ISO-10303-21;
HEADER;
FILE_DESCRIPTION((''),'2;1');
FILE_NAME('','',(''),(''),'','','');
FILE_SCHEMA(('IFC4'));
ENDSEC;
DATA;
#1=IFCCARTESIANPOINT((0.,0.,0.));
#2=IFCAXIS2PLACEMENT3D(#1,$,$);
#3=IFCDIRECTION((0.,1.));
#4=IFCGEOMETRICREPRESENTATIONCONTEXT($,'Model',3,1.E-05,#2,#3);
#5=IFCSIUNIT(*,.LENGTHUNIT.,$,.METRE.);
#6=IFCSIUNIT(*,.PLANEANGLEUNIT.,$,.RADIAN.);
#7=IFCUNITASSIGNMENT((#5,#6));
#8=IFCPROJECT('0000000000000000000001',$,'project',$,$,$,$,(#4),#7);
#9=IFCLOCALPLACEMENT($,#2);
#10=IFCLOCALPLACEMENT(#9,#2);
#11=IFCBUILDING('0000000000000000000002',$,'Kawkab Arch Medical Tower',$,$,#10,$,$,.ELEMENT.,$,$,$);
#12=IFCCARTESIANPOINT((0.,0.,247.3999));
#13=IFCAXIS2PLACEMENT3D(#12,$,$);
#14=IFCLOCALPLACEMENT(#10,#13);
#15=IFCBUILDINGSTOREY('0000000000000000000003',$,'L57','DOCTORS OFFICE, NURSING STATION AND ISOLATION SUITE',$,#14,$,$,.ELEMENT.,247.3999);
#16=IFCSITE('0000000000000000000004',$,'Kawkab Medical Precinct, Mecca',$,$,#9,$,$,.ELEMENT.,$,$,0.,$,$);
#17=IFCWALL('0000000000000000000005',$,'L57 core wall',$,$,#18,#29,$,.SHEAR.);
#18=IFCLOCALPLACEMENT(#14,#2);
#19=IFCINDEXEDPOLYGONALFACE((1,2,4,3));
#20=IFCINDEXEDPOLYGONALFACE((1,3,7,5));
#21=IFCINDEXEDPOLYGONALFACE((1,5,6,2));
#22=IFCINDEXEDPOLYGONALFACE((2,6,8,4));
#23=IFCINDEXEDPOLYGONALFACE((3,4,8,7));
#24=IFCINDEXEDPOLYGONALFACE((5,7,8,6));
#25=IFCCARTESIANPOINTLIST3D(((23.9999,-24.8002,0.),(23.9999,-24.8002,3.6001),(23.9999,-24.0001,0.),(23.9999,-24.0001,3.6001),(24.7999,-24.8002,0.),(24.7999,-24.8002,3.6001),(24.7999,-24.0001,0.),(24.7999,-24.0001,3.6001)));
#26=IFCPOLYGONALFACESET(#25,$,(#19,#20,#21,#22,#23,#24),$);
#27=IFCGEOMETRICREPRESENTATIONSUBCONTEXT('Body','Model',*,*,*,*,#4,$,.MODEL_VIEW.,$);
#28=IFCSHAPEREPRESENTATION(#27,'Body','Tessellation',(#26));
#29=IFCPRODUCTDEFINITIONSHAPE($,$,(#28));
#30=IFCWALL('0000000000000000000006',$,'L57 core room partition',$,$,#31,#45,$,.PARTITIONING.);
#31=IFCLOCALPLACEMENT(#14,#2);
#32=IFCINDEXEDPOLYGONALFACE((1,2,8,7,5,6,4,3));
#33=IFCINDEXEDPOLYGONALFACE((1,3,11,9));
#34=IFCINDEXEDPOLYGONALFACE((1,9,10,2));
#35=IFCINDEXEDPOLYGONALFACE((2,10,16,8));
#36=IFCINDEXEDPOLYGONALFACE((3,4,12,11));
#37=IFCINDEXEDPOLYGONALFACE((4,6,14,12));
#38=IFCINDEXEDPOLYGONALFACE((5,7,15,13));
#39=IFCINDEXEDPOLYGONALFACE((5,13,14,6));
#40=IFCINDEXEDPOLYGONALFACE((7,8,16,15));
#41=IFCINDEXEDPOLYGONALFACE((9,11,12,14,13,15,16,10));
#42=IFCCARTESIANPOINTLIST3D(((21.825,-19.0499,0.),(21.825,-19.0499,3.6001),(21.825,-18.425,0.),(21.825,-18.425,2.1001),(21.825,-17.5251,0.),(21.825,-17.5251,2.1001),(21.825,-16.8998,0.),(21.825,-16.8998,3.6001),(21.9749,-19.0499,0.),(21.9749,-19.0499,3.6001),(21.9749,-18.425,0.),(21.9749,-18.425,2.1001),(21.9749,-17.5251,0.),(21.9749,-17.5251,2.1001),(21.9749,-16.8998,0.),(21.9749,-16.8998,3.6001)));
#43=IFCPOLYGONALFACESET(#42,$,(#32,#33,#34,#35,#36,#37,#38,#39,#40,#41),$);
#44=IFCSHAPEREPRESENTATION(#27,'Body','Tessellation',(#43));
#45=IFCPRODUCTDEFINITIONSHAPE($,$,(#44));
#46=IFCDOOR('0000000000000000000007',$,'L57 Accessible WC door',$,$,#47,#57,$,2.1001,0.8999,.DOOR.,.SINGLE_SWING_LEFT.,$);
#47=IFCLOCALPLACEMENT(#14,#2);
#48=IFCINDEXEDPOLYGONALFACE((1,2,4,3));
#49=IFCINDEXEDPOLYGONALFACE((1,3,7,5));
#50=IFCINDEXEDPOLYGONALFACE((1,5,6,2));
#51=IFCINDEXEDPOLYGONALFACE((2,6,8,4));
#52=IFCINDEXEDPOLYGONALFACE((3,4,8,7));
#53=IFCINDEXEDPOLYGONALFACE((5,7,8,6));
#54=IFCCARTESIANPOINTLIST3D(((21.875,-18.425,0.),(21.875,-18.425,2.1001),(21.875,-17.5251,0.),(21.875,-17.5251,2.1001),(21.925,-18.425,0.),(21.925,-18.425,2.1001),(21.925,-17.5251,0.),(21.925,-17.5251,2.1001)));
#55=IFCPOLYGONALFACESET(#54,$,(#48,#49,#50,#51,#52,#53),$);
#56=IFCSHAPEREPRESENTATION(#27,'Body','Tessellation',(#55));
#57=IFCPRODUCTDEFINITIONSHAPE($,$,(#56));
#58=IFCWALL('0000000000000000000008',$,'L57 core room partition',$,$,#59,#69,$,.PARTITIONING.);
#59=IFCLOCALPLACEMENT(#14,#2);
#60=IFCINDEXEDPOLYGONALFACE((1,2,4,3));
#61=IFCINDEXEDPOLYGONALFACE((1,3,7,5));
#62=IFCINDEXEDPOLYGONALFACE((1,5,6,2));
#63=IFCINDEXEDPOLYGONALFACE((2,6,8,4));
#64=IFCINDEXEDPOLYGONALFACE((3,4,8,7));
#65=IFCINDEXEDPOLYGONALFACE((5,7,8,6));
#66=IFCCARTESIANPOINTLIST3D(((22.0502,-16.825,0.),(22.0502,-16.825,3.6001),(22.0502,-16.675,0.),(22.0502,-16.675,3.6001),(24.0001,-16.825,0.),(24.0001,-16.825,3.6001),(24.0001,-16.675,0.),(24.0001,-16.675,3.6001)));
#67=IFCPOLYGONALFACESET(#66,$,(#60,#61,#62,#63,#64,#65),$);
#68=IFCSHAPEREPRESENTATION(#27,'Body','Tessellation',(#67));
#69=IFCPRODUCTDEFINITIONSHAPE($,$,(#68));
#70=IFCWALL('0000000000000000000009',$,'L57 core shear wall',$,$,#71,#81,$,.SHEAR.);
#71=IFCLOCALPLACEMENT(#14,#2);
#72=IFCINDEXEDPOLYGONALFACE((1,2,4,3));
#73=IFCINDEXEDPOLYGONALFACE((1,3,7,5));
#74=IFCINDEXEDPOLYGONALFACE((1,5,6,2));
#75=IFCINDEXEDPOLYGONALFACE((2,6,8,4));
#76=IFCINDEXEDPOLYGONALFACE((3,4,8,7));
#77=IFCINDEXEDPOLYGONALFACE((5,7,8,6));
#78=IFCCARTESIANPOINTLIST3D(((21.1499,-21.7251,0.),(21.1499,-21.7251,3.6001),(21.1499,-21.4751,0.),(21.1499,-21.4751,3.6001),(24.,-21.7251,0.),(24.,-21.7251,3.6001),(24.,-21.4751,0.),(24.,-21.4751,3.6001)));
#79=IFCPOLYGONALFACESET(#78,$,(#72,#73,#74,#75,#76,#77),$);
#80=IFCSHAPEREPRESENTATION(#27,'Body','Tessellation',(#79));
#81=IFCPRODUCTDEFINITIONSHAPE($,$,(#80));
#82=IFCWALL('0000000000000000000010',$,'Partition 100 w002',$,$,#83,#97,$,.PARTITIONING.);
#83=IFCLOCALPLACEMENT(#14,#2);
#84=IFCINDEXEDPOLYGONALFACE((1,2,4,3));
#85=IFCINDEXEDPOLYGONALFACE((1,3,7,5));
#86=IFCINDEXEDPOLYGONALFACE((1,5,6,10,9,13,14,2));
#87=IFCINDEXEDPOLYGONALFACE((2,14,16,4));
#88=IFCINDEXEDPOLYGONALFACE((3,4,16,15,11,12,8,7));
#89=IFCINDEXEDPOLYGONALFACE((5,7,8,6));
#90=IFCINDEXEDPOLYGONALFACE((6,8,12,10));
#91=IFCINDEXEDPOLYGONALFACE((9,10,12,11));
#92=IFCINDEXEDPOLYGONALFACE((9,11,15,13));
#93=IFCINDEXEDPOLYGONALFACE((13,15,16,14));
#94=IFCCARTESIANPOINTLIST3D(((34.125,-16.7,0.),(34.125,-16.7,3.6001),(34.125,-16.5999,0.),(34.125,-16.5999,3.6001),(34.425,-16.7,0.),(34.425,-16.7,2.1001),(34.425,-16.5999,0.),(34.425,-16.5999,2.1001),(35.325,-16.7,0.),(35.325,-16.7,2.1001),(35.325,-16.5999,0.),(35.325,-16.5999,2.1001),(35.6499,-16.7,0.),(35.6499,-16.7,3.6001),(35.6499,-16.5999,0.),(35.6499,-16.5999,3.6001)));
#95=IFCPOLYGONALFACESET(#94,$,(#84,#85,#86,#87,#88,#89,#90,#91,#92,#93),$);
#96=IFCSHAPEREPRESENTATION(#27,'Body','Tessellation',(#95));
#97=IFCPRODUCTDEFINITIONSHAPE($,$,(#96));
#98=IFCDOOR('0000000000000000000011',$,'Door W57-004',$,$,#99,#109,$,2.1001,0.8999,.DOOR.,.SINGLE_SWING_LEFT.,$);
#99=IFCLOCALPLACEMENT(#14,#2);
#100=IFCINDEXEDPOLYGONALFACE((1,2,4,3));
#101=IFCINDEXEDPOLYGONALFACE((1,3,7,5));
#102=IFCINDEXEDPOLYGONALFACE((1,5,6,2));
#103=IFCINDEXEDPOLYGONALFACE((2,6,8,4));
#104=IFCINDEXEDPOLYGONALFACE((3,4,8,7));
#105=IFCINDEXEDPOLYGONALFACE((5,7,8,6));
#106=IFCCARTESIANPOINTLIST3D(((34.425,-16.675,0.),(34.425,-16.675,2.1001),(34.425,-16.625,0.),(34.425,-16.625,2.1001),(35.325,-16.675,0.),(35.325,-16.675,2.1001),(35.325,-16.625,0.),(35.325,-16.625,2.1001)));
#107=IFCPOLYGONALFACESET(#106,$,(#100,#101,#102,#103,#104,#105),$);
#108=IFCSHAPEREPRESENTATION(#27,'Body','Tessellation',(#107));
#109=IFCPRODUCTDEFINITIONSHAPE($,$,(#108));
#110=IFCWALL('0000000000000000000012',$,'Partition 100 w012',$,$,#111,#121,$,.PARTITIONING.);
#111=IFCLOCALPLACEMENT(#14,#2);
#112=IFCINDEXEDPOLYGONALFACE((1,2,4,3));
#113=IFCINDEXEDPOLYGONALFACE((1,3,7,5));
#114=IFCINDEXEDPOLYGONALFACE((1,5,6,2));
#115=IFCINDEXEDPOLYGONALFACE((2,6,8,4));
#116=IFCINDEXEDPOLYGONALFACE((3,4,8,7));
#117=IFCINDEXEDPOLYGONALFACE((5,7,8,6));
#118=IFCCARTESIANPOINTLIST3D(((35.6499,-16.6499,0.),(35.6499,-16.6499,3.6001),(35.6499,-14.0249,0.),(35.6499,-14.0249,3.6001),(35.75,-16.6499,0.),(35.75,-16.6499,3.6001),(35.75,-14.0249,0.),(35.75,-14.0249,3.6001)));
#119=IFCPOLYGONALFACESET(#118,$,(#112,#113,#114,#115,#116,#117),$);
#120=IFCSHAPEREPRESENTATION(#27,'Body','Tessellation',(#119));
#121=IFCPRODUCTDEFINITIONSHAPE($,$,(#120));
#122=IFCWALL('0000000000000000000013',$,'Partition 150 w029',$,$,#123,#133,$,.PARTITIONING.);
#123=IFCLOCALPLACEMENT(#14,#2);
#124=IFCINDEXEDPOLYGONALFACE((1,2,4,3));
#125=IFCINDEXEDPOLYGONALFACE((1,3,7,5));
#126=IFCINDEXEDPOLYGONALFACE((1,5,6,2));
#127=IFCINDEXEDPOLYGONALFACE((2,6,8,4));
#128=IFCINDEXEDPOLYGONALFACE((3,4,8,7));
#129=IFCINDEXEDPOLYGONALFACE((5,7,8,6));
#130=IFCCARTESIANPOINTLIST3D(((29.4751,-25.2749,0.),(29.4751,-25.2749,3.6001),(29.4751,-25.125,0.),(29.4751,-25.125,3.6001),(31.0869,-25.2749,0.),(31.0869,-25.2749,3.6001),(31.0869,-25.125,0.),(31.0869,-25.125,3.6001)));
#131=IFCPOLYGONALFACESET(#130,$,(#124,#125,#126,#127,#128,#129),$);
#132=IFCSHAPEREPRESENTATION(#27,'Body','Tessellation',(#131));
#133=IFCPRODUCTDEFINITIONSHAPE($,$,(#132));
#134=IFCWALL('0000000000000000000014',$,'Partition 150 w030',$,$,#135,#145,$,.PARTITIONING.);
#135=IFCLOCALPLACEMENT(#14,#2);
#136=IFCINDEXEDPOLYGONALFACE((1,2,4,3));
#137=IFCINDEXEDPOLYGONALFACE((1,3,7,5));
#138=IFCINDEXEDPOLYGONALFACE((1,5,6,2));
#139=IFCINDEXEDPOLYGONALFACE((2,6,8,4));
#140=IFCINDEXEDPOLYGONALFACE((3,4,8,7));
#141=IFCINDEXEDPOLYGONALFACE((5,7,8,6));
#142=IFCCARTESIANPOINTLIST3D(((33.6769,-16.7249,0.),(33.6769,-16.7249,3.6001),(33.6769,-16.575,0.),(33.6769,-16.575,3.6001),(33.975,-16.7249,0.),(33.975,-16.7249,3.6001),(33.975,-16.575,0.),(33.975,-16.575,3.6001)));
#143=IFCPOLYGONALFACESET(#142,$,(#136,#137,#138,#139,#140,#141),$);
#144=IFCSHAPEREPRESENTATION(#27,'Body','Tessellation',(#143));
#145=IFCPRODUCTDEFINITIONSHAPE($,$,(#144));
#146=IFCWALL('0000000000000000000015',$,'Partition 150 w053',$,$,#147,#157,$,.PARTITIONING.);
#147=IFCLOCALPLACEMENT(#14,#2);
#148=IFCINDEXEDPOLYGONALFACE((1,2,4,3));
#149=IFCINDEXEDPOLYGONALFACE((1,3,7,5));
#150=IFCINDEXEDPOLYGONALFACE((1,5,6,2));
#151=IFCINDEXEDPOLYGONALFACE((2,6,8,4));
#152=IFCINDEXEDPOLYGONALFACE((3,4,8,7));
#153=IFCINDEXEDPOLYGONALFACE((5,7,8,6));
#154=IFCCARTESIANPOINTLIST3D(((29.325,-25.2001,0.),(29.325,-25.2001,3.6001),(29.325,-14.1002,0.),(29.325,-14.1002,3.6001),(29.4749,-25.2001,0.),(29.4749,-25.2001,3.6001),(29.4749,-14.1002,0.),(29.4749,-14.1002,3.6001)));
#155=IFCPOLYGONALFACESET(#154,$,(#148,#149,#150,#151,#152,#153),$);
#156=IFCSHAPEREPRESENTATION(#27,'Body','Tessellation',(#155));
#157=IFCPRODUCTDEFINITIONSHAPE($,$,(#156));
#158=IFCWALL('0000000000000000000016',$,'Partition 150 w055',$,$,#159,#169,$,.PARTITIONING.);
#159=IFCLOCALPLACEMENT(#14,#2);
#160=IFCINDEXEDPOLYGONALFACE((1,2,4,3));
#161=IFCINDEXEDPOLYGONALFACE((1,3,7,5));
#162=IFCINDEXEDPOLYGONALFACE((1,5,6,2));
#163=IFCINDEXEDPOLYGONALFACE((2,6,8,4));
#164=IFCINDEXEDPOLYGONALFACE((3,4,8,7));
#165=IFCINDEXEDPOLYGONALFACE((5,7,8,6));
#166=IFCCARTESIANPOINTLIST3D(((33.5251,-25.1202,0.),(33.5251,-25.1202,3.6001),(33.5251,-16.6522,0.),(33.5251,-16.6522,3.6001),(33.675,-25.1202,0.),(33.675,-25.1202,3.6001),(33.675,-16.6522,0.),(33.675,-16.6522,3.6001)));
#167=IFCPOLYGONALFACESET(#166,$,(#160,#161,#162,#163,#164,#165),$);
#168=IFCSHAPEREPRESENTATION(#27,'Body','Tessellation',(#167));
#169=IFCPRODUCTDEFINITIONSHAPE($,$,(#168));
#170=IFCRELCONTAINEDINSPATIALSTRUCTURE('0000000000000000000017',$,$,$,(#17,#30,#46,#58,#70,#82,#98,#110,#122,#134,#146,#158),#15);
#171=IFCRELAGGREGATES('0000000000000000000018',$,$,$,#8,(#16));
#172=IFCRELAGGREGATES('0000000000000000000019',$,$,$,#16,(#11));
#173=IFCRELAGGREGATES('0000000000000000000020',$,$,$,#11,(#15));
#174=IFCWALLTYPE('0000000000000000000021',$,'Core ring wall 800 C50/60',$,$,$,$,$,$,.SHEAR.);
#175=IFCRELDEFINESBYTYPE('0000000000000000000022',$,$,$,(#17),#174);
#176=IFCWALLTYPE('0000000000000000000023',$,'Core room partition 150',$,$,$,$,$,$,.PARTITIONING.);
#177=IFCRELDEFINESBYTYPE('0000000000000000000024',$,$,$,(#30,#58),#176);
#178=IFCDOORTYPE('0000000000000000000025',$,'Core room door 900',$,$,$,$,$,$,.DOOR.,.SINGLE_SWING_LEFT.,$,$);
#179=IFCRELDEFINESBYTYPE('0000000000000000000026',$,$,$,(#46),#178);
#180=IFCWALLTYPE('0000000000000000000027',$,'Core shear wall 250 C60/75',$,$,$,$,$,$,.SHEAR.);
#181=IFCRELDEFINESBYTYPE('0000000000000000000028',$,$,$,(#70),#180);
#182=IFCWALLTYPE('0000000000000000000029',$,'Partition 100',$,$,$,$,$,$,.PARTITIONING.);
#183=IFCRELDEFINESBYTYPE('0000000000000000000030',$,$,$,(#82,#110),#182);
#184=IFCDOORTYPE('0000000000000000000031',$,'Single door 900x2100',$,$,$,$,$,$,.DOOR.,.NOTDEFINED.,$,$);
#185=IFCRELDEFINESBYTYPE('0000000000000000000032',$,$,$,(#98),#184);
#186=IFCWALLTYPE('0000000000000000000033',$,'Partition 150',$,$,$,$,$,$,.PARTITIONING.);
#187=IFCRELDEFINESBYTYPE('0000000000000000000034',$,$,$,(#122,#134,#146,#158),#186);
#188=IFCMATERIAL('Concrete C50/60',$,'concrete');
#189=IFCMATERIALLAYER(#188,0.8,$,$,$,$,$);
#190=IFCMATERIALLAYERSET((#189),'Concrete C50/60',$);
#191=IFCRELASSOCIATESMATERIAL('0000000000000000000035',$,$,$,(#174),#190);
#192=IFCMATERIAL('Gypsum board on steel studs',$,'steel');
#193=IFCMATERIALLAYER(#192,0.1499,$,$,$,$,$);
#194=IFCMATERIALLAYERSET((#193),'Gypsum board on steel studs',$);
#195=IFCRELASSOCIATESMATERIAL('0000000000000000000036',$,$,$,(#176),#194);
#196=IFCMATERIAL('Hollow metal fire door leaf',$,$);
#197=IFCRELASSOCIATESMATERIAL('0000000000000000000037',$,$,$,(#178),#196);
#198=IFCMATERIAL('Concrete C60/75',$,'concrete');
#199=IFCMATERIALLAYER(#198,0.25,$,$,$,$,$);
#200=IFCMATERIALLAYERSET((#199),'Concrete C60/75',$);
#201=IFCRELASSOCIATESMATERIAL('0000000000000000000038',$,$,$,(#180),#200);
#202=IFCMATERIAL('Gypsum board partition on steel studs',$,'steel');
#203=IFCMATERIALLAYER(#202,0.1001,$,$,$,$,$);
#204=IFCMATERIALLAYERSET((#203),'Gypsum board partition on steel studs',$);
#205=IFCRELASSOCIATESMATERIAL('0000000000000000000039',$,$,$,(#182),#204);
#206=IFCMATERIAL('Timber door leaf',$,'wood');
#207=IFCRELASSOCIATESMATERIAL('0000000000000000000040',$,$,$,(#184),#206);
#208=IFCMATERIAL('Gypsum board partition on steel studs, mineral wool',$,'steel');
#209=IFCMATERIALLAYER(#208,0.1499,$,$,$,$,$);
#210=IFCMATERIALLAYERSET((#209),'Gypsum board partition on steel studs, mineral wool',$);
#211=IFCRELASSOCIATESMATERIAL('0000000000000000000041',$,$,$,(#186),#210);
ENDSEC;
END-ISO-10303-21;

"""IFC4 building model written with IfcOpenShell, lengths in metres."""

from ifc_helpers import new_model, si_unit, direction, frame, frame_2d, origin, place, context, subcontext, project, spatial, rectangle, extrude, material, layer, layer_set, type_object, element, fill, save


model = new_model("IFC4")

# Units and contexts
model_context = context("Model", 3, precision=1e-05, world=origin(), true_north=direction((0.0, 1.0)))
body_context = subcontext(model_context, "Body", "Model", "MODEL_VIEW")
ifc_project = project(units=[si_unit("LENGTHUNIT", "METRE"), si_unit("PLANEANGLEUNIT", "RADIAN")], contexts=[model_context])

# Site, building, storey
site_placement = place(None, origin())
site = spatial("IfcSite", under=ifc_project, at=site_placement, Name="Kawkab Medical Precinct, Mecca", CompositionType="ELEMENT", RefElevation=0.0)
building_placement = place(site_placement, origin())
building = spatial("IfcBuilding", under=site, at=building_placement, Name="Kawkab Arch Medical Tower", CompositionType="ELEMENT")
storey_placement = place(building_placement, frame((0.0, 0.0, 247.3999)))
storey = spatial("IfcBuildingStorey", under=building, at=storey_placement, Name="L57", Description="DOCTORS OFFICE, NURSING STATION AND ISOLATION SUITE", CompositionType="ELEMENT", Elevation=247.3999)

# Shared definitions
ifc_material_1 = material(Name="Concrete C50/60", Category="concrete")
ifc_layer_1 = layer(ifc_material_1, 0.8)
ifc_layer_set_1 = layer_set([ifc_layer_1], Name="Concrete C50/60")
wall_type_1 = type_object("IfcWallType", Name="Core ring wall 800 C50/60", PredefinedType="SHEAR", material=ifc_layer_set_1)

# Wall
wall_1_placement = place(storey_placement, frame((24.3999, -24.8, 0.0), z_axis=(0.0, 0.0, 1.0), x_axis=(0.0, 1.0, 0.0)))
element("IfcWall", 1, at=wall_1_placement, inside=storey, type_object=wall_type_1, Name="L57 core wall", PredefinedType="SHEAR", context=body_context, shape_type="SweptSolid", body=[
    extrude(rectangle(XDim=0.8, YDim=0.8, at=frame_2d((0.3999, 0.0))), origin(), (0.0, 0.0, 1.0), 3.6001),
])

# Wall, opening, door
ifc_material_2 = material(Name="Gypsum board on steel studs", Category="steel")
ifc_layer_2 = layer(ifc_material_2, 0.1499)
ifc_layer_set_2 = layer_set([ifc_layer_2], Name="Gypsum board on steel studs")
wall_type_2 = type_object("IfcWallType", Name="Core room partition 150", PredefinedType="PARTITIONING", material=ifc_layer_set_2)
wall_2_placement = place(storey_placement, frame((21.8999, -19.05, 0.0), z_axis=(0.0, 0.0, 1.0), x_axis=(0.0, 1.0, 0.0)))
wall_2 = element("IfcWall", 2, at=wall_2_placement, inside=storey, type_object=wall_type_2, Name="L57 core room partition", PredefinedType="PARTITIONING", context=body_context, shape_type="SweptSolid", body=[
    extrude(rectangle(XDim=2.1501, YDim=0.1499, at=frame_2d((1.0752, 0.0))), origin(), (0.0, 0.0, 1.0), 3.6001),
])
opening_1_placement = place(wall_2_placement, frame((0.625, 0.0, 0.0)))
opening_1 = element("IfcOpeningElement", 3, at=opening_1_placement, cuts=wall_2, PredefinedType="OPENING", context=body_context, shape_type="SweptSolid", body=[
    extrude(rectangle(XDim=0.8999, YDim=2.1001, at=frame_2d((0.45, 1.05))), frame((0.0, 0.085, 0.0), z_axis=(0.0, -1.0, 0.0), x_axis=(1.0, 0.0, 0.0)), (0.0, 0.0, 1.0), 0.1699),
])
ifc_material_3 = material(Name="Hollow metal fire door leaf")
door_type_1 = type_object("IfcDoorType", Name="Core room door 900", OperationType="SINGLE_SWING_LEFT", PredefinedType="DOOR", material=ifc_material_3)
door_1_placement = place(opening_1_placement, origin())
door_1 = element("IfcDoor", 4, at=door_1_placement, inside=storey, type_object=door_type_1, Name="L57 Accessible WC door", OperationType="SINGLE_SWING_LEFT", OverallHeight=2.1001, OverallWidth=0.8999, PredefinedType="DOOR", context=body_context, shape_type="SweptSolid", body=[
    extrude(rectangle(XDim=0.8999, YDim=2.1001, at=frame_2d((0.45, 1.05))), frame((0.0, 0.0249, 0.0), z_axis=(0.0, -1.0, 0.0), x_axis=(1.0, 0.0, 0.0)), (0.0, 0.0, 1.0), 0.05),
])
fill(opening_1, door_1)

# Walls
wall_3_placement = place(storey_placement, frame((22.05, -16.75, 0.0), z_axis=(0.0, 0.0, 1.0), x_axis=(1.0, 0.0, 0.0)))
element("IfcWall", 5, at=wall_3_placement, inside=storey, type_object=wall_type_2, Name="L57 core room partition", PredefinedType="PARTITIONING", context=body_context, shape_type="SweptSolid", body=[
    extrude(rectangle(XDim=1.95, YDim=0.1499, at=frame_2d((0.9751, 0.0))), origin(), (0.0, 0.0, 1.0), 3.6001),
])
ifc_material_4 = material(Name="Concrete C60/75", Category="concrete")
ifc_layer_3 = layer(ifc_material_4, 0.25)
ifc_layer_set_3 = layer_set([ifc_layer_3], Name="Concrete C60/75")
wall_type_3 = type_object("IfcWallType", Name="Core shear wall 250 C60/75", PredefinedType="SHEAR", material=ifc_layer_set_3)
wall_4_placement = place(storey_placement, frame((21.1499, -21.6001, 0.0), z_axis=(0.0, 0.0, 1.0), x_axis=(1.0, 0.0, 0.0)))
element("IfcWall", 6, at=wall_4_placement, inside=storey, type_object=wall_type_3, Name="L57 core shear wall", PredefinedType="SHEAR", context=body_context, shape_type="SweptSolid", body=[
    extrude(rectangle(XDim=2.8501, YDim=0.25, at=frame_2d((1.425, 0.0))), origin(), (0.0, 0.0, 1.0), 3.6001),
])

# Wall, opening, door
ifc_material_5 = material(Name="Gypsum board partition on steel studs", Category="steel")
ifc_layer_4 = layer(ifc_material_5, 0.1001)
ifc_layer_set_4 = layer_set([ifc_layer_4], Name="Gypsum board partition on steel studs")
wall_type_4 = type_object("IfcWallType", Name="Partition 100", PredefinedType="PARTITIONING", material=ifc_layer_set_4)
wall_5_placement = place(storey_placement, frame((34.125, -16.6499, 0.0), z_axis=(0.0, 0.0, 1.0), x_axis=(1.0, 0.0, 0.0)))
wall_5 = element("IfcWall", 7, at=wall_5_placement, inside=storey, type_object=wall_type_4, Name="Partition 100 w002", PredefinedType="PARTITIONING", context=body_context, shape_type="SweptSolid", body=[
    extrude(rectangle(XDim=1.5249, YDim=0.1001, at=frame_2d((0.7625, 0.0))), origin(), (0.0, 0.0, 1.0), 3.6001),
])
opening_2_placement = place(wall_5_placement, frame((0.3, 0.0, 0.0)))
opening_2 = element("IfcOpeningElement", 8, at=opening_2_placement, cuts=wall_5, PredefinedType="OPENING", context=body_context, shape_type="SweptSolid", body=[
    extrude(rectangle(XDim=0.8999, YDim=2.1001, at=frame_2d((0.45, 1.05))), frame((0.0, 0.0601, 0.0), z_axis=(0.0, -1.0, 0.0), x_axis=(1.0, 0.0, 0.0)), (0.0, 0.0, 1.0), 0.1201),
])
ifc_material_6 = material(Name="Timber door leaf", Category="wood")
door_type_2 = type_object("IfcDoorType", Name="Single door 900x2100", OperationType="NOTDEFINED", PredefinedType="DOOR", material=ifc_material_6)
door_2_placement = place(opening_2_placement, origin())
door_2 = element("IfcDoor", 9, at=door_2_placement, inside=storey, type_object=door_type_2, Name="Door W57-004", OperationType="SINGLE_SWING_LEFT", OverallHeight=2.1001, OverallWidth=0.8999, PredefinedType="DOOR", context=body_context, shape_type="SweptSolid", body=[
    extrude(rectangle(XDim=0.8999, YDim=2.1001, at=frame_2d((0.45, 1.05))), frame((0.0, 0.0249, 0.0), z_axis=(0.0, -1.0, 0.0), x_axis=(1.0, 0.0, 0.0)), (0.0, 0.0, 1.0), 0.05),
])
fill(opening_2, door_2)

# Walls
wall_6_placement = place(storey_placement, frame((35.7, -16.6499, 0.0), z_axis=(0.0, 0.0, 1.0), x_axis=(0.0, 1.0, 0.0)))
element("IfcWall", 10, at=wall_6_placement, inside=storey, type_object=wall_type_4, Name="Partition 100 w012", PredefinedType="PARTITIONING", context=body_context, shape_type="SweptSolid", body=[
    extrude(rectangle(XDim=2.625, YDim=0.1001, at=frame_2d((1.3125, 0.0))), origin(), (0.0, 0.0, 1.0), 3.6001),
])
ifc_material_7 = material(Name="Gypsum board partition on steel studs, mineral wool", Category="steel")
ifc_layer_5 = layer(ifc_material_7, 0.1499)
ifc_layer_set_5 = layer_set([ifc_layer_5], Name="Gypsum board partition on steel studs, mineral wool")
wall_type_5 = type_object("IfcWallType", Name="Partition 150", PredefinedType="PARTITIONING", material=ifc_layer_set_5)
wall_7_placement = place(storey_placement, frame((29.4751, -25.2, 0.0), z_axis=(0.0, 0.0, 1.0), x_axis=(1.0, 0.0, 0.0)))
element("IfcWall", 11, at=wall_7_placement, inside=storey, type_object=wall_type_5, Name="Partition 150 w029", PredefinedType="PARTITIONING", context=body_context, shape_type="SweptSolid", body=[
    extrude(rectangle(XDim=1.6118, YDim=0.1499, at=frame_2d((0.8059, 0.0))), origin(), (0.0, 0.0, 1.0), 3.6001),
])
wall_8_placement = place(storey_placement, frame((33.677, -16.6499, 0.0), z_axis=(0.0, 0.0, 1.0), x_axis=(1.0, 0.0, 0.0)))
element("IfcWall", 12, at=wall_8_placement, inside=storey, type_object=wall_type_5, Name="Partition 150 w030", PredefinedType="PARTITIONING", context=body_context, shape_type="SweptSolid", body=[
    extrude(rectangle(XDim=0.2981, YDim=0.1499, at=frame_2d((0.1489, 0.0))), origin(), (0.0, 0.0, 1.0), 3.6001),
])
wall_9_placement = place(storey_placement, frame((29.3999, -25.2, 0.0), z_axis=(0.0, 0.0, 1.0), x_axis=(0.0, 1.0, 0.0)))
element("IfcWall", 13, at=wall_9_placement, inside=storey, type_object=wall_type_5, Name="Partition 150 w053", PredefinedType="PARTITIONING", context=body_context, shape_type="SweptSolid", body=[
    extrude(rectangle(XDim=11.0999, YDim=0.1499, at=frame_2d((5.5498, 0.0))), origin(), (0.0, 0.0, 1.0), 3.6001),
])
wall_10_placement = place(storey_placement, frame((33.6001, -25.1201, 0.0), z_axis=(0.0, 0.0, 1.0), x_axis=(0.0, 1.0, 0.0)))
element("IfcWall", 14, at=wall_10_placement, inside=storey, type_object=wall_type_5, Name="Partition 150 w055", PredefinedType="PARTITIONING", context=body_context, shape_type="SweptSolid", body=[
    extrude(rectangle(XDim=8.468, YDim=0.1499, at=frame_2d((4.2339, 0.0))), origin(), (0.0, 0.0, 1.0), 3.6001),
])

save(model, "model.ifc")
